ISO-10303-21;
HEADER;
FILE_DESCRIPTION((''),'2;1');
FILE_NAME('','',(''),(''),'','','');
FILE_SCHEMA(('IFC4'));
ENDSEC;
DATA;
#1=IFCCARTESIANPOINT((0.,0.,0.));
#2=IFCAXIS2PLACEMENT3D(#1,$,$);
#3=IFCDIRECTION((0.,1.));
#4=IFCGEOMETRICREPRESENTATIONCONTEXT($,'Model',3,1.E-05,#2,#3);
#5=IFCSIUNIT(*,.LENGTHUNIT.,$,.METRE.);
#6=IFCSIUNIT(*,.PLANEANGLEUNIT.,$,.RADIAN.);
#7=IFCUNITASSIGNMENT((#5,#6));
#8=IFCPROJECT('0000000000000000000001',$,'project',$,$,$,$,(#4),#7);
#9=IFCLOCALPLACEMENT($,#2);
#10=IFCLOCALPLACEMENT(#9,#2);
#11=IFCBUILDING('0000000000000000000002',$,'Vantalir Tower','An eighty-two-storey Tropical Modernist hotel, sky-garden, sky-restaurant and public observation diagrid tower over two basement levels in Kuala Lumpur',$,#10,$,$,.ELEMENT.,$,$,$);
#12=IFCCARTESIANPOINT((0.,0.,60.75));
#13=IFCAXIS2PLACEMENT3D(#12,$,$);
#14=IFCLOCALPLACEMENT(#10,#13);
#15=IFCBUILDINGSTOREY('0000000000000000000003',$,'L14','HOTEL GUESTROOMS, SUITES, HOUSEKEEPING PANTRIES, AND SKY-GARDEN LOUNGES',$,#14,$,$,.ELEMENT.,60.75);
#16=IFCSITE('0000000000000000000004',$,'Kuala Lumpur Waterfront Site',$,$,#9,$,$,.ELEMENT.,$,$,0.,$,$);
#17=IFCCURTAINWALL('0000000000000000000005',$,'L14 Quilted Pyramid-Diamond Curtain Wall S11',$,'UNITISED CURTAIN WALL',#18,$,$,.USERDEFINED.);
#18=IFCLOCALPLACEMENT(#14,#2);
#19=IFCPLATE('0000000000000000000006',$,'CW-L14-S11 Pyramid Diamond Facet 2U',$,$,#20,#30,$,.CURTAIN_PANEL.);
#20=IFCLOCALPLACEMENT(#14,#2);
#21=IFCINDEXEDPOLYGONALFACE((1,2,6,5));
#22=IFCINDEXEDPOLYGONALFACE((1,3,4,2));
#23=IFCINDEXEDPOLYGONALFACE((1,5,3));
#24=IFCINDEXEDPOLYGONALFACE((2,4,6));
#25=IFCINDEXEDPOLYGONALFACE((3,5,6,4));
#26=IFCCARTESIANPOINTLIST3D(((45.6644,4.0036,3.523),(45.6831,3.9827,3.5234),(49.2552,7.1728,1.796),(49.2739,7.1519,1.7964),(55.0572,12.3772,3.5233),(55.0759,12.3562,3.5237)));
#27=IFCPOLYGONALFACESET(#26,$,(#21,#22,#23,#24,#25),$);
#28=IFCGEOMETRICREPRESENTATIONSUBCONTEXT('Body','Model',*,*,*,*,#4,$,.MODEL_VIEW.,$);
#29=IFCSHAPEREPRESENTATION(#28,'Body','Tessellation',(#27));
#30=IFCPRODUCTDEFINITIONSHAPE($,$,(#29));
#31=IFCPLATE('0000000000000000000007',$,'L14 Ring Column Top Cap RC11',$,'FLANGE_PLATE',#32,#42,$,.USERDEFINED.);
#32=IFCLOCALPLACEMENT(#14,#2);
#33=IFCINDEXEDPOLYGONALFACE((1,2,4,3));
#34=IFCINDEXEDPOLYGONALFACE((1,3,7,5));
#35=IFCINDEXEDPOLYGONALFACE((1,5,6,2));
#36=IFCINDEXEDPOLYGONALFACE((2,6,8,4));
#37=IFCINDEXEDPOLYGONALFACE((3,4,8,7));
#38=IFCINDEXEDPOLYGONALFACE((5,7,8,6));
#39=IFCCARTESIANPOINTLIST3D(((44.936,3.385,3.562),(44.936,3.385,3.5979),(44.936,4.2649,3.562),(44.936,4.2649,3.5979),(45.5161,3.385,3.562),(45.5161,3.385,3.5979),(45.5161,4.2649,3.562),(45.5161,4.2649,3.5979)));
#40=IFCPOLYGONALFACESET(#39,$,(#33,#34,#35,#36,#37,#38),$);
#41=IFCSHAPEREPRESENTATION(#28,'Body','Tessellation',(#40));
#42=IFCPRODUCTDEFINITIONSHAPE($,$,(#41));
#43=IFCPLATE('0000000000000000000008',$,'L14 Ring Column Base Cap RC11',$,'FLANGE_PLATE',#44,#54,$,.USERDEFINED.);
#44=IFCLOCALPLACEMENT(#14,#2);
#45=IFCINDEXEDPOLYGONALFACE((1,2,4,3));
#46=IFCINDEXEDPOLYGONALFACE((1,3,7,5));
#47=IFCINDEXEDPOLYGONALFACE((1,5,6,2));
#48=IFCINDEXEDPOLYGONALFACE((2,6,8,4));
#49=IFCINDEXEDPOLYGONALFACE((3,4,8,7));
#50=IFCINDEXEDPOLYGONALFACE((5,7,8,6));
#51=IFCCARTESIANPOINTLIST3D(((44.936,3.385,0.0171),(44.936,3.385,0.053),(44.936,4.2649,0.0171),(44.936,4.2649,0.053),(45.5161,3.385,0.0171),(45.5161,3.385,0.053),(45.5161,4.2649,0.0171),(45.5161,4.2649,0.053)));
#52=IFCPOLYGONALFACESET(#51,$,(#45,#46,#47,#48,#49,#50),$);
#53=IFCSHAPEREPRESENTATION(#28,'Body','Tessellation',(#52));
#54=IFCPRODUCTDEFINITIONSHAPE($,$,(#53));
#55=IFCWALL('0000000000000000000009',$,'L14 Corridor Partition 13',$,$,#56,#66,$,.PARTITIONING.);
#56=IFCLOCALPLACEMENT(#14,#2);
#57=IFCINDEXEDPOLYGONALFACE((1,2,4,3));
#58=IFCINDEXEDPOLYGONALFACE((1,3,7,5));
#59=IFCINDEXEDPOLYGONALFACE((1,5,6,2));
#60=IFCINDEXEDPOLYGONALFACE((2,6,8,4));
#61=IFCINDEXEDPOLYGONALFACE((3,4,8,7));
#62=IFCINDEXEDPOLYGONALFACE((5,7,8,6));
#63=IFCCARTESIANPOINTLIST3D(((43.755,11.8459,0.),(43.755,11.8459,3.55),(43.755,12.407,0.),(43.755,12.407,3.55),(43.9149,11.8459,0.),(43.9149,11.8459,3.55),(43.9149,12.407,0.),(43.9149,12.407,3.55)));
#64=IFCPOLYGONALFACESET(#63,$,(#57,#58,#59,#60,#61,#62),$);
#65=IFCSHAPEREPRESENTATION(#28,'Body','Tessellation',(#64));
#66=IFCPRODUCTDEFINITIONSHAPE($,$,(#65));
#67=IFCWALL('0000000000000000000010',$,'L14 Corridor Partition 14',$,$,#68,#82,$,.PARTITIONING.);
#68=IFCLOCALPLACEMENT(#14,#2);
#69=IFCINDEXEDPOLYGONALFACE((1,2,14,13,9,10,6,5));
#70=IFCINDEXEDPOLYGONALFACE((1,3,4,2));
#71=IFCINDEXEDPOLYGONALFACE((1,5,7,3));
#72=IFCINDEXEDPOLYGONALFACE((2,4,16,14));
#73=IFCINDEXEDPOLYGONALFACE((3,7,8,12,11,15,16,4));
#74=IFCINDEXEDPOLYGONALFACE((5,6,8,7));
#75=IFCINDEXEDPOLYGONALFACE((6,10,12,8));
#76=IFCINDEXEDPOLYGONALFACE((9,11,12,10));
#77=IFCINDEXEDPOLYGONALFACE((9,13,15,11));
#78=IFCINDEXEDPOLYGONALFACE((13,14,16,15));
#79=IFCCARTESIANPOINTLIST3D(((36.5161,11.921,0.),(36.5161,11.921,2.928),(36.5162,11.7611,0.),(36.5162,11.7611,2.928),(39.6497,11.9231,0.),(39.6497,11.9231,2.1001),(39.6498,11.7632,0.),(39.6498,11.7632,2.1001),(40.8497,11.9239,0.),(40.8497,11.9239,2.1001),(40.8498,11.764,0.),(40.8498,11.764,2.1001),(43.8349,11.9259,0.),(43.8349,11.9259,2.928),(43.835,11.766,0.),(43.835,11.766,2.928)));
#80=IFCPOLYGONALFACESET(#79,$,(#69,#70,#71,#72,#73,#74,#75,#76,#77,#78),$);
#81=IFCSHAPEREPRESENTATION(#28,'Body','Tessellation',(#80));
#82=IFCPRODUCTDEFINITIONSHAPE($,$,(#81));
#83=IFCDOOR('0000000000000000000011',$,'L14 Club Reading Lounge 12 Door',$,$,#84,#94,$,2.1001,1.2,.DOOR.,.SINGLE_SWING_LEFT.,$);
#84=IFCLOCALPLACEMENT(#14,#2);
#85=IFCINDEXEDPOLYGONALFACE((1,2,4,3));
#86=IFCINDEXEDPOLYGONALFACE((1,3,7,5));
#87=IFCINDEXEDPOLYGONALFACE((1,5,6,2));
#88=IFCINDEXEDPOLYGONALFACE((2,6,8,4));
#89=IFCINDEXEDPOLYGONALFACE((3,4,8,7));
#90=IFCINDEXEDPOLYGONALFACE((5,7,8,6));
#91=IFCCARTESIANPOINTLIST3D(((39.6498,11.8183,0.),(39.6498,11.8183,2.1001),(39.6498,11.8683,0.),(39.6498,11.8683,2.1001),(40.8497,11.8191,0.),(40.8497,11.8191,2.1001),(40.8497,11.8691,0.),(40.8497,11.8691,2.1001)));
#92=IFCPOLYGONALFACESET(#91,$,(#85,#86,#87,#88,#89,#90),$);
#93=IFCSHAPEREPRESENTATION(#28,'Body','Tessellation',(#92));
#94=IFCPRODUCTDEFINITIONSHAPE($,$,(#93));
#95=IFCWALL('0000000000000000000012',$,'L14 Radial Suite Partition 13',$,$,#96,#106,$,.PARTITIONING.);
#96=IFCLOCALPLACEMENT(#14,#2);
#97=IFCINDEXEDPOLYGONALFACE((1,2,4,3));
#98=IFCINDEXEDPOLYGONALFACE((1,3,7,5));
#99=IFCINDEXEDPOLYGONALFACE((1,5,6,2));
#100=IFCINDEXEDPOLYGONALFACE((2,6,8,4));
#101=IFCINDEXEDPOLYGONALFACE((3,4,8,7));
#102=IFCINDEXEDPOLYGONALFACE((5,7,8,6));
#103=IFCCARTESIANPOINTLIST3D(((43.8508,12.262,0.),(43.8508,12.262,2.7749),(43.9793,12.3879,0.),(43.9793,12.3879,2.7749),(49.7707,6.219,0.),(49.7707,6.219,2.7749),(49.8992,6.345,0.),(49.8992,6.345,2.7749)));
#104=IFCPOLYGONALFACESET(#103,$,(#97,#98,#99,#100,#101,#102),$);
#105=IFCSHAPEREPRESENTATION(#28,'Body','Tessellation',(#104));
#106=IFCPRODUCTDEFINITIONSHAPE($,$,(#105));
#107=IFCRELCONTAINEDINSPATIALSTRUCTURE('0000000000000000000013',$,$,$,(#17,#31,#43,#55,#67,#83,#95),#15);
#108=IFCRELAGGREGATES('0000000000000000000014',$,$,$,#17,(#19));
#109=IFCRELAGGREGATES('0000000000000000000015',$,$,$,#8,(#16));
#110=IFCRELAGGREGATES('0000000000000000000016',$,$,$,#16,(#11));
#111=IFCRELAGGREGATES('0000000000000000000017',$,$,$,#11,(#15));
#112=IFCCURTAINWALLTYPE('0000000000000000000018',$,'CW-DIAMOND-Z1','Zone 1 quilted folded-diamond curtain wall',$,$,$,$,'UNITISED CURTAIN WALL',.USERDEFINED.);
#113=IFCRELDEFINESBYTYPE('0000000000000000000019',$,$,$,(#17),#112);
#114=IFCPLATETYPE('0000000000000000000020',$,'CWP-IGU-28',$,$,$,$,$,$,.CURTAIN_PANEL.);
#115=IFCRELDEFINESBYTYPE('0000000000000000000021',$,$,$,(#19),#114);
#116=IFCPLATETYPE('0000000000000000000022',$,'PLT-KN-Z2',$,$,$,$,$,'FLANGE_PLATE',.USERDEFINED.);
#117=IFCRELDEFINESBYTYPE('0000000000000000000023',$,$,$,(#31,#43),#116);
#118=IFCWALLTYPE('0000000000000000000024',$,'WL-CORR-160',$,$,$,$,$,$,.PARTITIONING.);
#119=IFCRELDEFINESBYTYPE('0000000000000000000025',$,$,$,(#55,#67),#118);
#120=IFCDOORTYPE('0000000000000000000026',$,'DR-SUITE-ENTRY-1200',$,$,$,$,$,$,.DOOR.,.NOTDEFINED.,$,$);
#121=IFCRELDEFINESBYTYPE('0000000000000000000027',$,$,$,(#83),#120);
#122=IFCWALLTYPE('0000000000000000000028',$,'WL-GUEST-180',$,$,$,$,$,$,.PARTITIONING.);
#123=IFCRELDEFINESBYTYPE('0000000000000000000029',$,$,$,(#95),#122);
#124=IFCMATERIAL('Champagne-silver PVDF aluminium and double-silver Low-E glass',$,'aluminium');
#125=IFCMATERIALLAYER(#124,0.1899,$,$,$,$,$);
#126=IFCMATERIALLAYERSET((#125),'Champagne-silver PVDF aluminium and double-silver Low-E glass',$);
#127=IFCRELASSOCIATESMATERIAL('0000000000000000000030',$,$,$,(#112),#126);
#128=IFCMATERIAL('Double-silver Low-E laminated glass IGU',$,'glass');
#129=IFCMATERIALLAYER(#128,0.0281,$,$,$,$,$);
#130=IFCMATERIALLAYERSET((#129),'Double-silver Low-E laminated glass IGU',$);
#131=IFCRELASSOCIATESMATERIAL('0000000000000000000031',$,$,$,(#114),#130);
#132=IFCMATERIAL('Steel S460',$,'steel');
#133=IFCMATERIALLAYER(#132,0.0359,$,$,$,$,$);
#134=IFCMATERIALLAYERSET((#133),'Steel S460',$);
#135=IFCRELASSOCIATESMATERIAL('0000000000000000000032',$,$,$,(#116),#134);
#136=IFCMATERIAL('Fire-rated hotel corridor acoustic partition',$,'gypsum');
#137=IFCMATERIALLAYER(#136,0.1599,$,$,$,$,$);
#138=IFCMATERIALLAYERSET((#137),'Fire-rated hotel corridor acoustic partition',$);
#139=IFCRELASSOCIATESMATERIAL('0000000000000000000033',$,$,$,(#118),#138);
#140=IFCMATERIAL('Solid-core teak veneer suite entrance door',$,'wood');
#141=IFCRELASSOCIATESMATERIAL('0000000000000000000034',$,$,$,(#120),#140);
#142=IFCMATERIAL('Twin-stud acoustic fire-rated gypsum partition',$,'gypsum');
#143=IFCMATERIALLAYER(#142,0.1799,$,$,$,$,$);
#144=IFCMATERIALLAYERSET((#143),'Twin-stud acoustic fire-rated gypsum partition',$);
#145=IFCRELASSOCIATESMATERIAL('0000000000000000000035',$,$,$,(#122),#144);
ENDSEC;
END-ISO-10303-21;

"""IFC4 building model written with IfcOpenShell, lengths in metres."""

from ifc_helpers import new_model, si_unit, direction, frame, frame_2d, origin, place, context, subcontext, project, spatial, polyline, rectangle, outline, extrude, material, layer, layer_set, type_object, element, fill, aggregate, save


model = new_model("IFC4")

# Units and contexts
model_context = context("Model", 3, precision=1e-05, world=origin(), true_north=direction((0.0, 1.0)))
body_context = subcontext(model_context, "Body", "Model", "MODEL_VIEW")
ifc_project = project(units=[si_unit("LENGTHUNIT", "METRE"), si_unit("PLANEANGLEUNIT", "RADIAN")], contexts=[model_context])

# Site, building, storey
site_placement = place(None, origin())
site = spatial("IfcSite", under=ifc_project, at=site_placement, Name="Kuala Lumpur Waterfront Site", CompositionType="ELEMENT", RefElevation=0.0)
building_placement = place(site_placement, origin())
building = spatial("IfcBuilding", under=site, at=building_placement, Name="Vantalir Tower", Description="An eighty-two-storey Tropical Modernist hotel, sky-garden, sky-restaurant and public observation diagrid tower over two basement levels in Kuala Lumpur", CompositionType="ELEMENT")
storey_placement = place(building_placement, frame((0.0, 0.0, 60.75)))
storey = spatial("IfcBuildingStorey", under=building, at=storey_placement, Name="L14", Description="HOTEL GUESTROOMS, SUITES, HOUSEKEEPING PANTRIES, AND SKY-GARDEN LOUNGES", CompositionType="ELEMENT", Elevation=60.75)

# Shared definitions
ifc_material_1 = material(Name="Steel S460", Category="steel")

# Shared definitions
ifc_material_2 = material(Name="Champagne-silver PVDF aluminium and double-silver Low-E glass", Category="aluminium")
ifc_layer_1 = layer(ifc_material_2, 0.1899)
ifc_layer_set_1 = layer_set([ifc_layer_1], Name="Champagne-silver PVDF aluminium and double-silver Low-E glass")
curtain_wall_type = type_object("IfcCurtainWallType", Name="CW-DIAMOND-Z1", Description="Zone 1 quilted folded-diamond curtain wall", ElementType="UNITISED CURTAIN WALL", PredefinedType="USERDEFINED", material=ifc_layer_set_1)

# Curtain wall
curtain_wall_1_placement = place(storey_placement, origin())
curtain_wall_1 = element("IfcCurtainWall", 1, at=curtain_wall_1_placement, inside=storey, type_object=curtain_wall_type, Name="L14 Quilted Pyramid-Diamond Curtain Wall S11", ObjectType="UNITISED CURTAIN WALL", PredefinedType="USERDEFINED")

# Plate
ifc_material_3 = material(Name="Double-silver Low-E laminated glass IGU", Category="glass")
ifc_layer_2 = layer(ifc_material_3, 0.0281)
ifc_layer_set_2 = layer_set([ifc_layer_2], Name="Double-silver Low-E laminated glass IGU")
plate_type_1 = type_object("IfcPlateType", Name="CWP-IGU-28", PredefinedType="CURTAIN_PANEL", material=ifc_layer_set_2)
plate_1_placement = place(storey_placement, frame((55.0759, 12.3562, 3.5237), z_axis=(0.665381, -0.746376, 0.013813), x_axis=(-0.746447, -0.665445, -0.000019)))
plate_1 = element("IfcPlate", 2, at=plate_1_placement, type_object=plate_type_1, Name="CW-L14-S11 Pyramid Diamond Facet 2U", PredefinedType="CURTAIN_PANEL", context=body_context, shape_type="SweptSolid", body=[
    extrude(outline(polyline([(0.0, 0.0), (12.5834, 0.0), (7.7941, 1.7273), (0.0, 0.0)])), origin(), (0.0, 0.0, -1.0), 0.0281),
])
aggregate(curtain_wall_1, [plate_1])

# Plates
ifc_layer_3 = layer(ifc_material_1, 0.0359)
ifc_layer_set_3 = layer_set([ifc_layer_3], Name="Steel S460")
plate_type_2 = type_object("IfcPlateType", Name="PLT-KN-Z2", ElementType="FLANGE_PLATE", PredefinedType="USERDEFINED", material=ifc_layer_set_3)
for number, where, z_axis, x_axis, name in (
    (3, (44.936, 4.2649, 3.5979), (0.0, 0.0, 1.0), (0.0, -1.0, 0.0), "L14 Ring Column Top Cap RC11"),
    (4, (44.936, 4.2649, 0.053), (0.0, 0.0, 1.0), (0.0, -1.0, 0.0), "L14 Ring Column Base Cap RC11"),
):
    element("IfcPlate", number, at=place(storey_placement, frame(where, z_axis=z_axis, x_axis=x_axis)), inside=storey, type_object=plate_type_2, Name=name, ObjectType="FLANGE_PLATE", PredefinedType="USERDEFINED", context=body_context, shape_type="SweptSolid", body=[
        extrude(outline(polyline([(0.0, 0.0), (0.8799, 0.0), (0.8799, 0.5801), (0.0, 0.5801), (0.0, 0.0)])), origin(), (0.0, 0.0, -1.0), 0.0359),
    ])

# Wall
ifc_material_4 = material(Name="Fire-rated hotel corridor acoustic partition", Category="gypsum")
ifc_layer_4 = layer(ifc_material_4, 0.1599)
ifc_layer_set_4 = layer_set([ifc_layer_4], Name="Fire-rated hotel corridor acoustic partition")
wall_type_1 = type_object("IfcWallType", Name="WL-CORR-160", PredefinedType="PARTITIONING", material=ifc_layer_set_4)
wall_1_placement = place(storey_placement, frame((43.835, 12.407, 0.0), z_axis=(0.0, 0.0, 1.0), x_axis=(0.0, -1.0, 0.0)))
element("IfcWall", 5, at=wall_1_placement, inside=storey, type_object=wall_type_1, Name="L14 Corridor Partition 13", PredefinedType="PARTITIONING", context=body_context, shape_type="SweptSolid", body=[
    extrude(rectangle(XDim=0.561, YDim=0.1599, at=frame_2d((0.2805, 0.0))), origin(), (0.0, 0.0, 1.0), 3.55),
])

# Wall, opening, door
wall_2_placement = place(storey_placement, frame((43.835, 11.8459, 0.0), z_axis=(0.0, 0.0, 1.0), x_axis=(-1.0, -0.000667, 0.0)))
wall_2 = element("IfcWall", 6, at=wall_2_placement, inside=storey, type_object=wall_type_1, Name="L14 Corridor Partition 14", PredefinedType="PARTITIONING", context=body_context, shape_type="SweptSolid", body=[
    extrude(rectangle(XDim=7.3188, YDim=0.1599, at=frame_2d((3.6594, 0.0))), origin(), (0.0, 0.0, 1.0), 2.928),
])
opening_placement = place(wall_2_placement, frame((2.9851, 0.0, 0.0)))
opening = element("IfcOpeningElement", 7, at=opening_placement, cuts=wall_2, PredefinedType="OPENING", context=body_context, shape_type="SweptSolid", body=[
    extrude(rectangle(XDim=1.2, YDim=2.1001, at=frame_2d((0.6001, 1.05))), frame((0.0, 0.0898, 0.0), z_axis=(0.0, -1.0, 0.0), x_axis=(1.0, 0.0, 0.0)), (0.0, 0.0, 1.0), 0.1799),
])
ifc_material_5 = material(Name="Solid-core teak veneer suite entrance door", Category="wood")
door_type = type_object("IfcDoorType", Name="DR-SUITE-ENTRY-1200", OperationType="NOTDEFINED", PredefinedType="DOOR", material=ifc_material_5)
door_placement = place(opening_placement, origin())
door = element("IfcDoor", 8, at=door_placement, inside=storey, type_object=door_type, Name="L14 Club Reading Lounge 12 Door", OperationType="SINGLE_SWING_LEFT", OverallHeight=2.1001, OverallWidth=1.2, PredefinedType="DOOR", context=body_context, shape_type="SweptSolid", body=[
    extrude(rectangle(XDim=1.2, YDim=2.1001, at=frame_2d((0.6001, 1.05))), frame((0.0, 0.0249, 0.0), z_axis=(0.0, -1.0, 0.0), x_axis=(1.0, 0.0, 0.0)), (0.0, 0.0, 1.0), 0.05),
])
fill(opening, door)

# Wall
ifc_material_6 = material(Name="Twin-stud acoustic fire-rated gypsum partition", Category="gypsum")
ifc_layer_5 = layer(ifc_material_6, 0.1799)
ifc_layer_set_5 = layer_set([ifc_layer_5], Name="Twin-stud acoustic fire-rated gypsum partition")
wall_type_2 = type_object("IfcWallType", Name="WL-GUEST-180", PredefinedType="PARTITIONING", material=ifc_layer_set_5)
wall_3_placement = place(storey_placement, frame((43.915, 12.325, 0.0), z_axis=(0.0, 0.0, 1.0), x_axis=(0.699797, -0.714342, 0.0)))
element("IfcWall", 9, at=wall_3_placement, inside=storey, type_object=wall_type_2, Name="L14 Radial Suite Partition 13", PredefinedType="PARTITIONING", context=body_context, shape_type="SweptSolid", body=[
    extrude(rectangle(XDim=8.4595, YDim=0.1799, at=frame_2d((4.2297, 0.0))), origin(), (0.0, 0.0, 1.0), 2.7749),
])

save(model, "model.ifc")
